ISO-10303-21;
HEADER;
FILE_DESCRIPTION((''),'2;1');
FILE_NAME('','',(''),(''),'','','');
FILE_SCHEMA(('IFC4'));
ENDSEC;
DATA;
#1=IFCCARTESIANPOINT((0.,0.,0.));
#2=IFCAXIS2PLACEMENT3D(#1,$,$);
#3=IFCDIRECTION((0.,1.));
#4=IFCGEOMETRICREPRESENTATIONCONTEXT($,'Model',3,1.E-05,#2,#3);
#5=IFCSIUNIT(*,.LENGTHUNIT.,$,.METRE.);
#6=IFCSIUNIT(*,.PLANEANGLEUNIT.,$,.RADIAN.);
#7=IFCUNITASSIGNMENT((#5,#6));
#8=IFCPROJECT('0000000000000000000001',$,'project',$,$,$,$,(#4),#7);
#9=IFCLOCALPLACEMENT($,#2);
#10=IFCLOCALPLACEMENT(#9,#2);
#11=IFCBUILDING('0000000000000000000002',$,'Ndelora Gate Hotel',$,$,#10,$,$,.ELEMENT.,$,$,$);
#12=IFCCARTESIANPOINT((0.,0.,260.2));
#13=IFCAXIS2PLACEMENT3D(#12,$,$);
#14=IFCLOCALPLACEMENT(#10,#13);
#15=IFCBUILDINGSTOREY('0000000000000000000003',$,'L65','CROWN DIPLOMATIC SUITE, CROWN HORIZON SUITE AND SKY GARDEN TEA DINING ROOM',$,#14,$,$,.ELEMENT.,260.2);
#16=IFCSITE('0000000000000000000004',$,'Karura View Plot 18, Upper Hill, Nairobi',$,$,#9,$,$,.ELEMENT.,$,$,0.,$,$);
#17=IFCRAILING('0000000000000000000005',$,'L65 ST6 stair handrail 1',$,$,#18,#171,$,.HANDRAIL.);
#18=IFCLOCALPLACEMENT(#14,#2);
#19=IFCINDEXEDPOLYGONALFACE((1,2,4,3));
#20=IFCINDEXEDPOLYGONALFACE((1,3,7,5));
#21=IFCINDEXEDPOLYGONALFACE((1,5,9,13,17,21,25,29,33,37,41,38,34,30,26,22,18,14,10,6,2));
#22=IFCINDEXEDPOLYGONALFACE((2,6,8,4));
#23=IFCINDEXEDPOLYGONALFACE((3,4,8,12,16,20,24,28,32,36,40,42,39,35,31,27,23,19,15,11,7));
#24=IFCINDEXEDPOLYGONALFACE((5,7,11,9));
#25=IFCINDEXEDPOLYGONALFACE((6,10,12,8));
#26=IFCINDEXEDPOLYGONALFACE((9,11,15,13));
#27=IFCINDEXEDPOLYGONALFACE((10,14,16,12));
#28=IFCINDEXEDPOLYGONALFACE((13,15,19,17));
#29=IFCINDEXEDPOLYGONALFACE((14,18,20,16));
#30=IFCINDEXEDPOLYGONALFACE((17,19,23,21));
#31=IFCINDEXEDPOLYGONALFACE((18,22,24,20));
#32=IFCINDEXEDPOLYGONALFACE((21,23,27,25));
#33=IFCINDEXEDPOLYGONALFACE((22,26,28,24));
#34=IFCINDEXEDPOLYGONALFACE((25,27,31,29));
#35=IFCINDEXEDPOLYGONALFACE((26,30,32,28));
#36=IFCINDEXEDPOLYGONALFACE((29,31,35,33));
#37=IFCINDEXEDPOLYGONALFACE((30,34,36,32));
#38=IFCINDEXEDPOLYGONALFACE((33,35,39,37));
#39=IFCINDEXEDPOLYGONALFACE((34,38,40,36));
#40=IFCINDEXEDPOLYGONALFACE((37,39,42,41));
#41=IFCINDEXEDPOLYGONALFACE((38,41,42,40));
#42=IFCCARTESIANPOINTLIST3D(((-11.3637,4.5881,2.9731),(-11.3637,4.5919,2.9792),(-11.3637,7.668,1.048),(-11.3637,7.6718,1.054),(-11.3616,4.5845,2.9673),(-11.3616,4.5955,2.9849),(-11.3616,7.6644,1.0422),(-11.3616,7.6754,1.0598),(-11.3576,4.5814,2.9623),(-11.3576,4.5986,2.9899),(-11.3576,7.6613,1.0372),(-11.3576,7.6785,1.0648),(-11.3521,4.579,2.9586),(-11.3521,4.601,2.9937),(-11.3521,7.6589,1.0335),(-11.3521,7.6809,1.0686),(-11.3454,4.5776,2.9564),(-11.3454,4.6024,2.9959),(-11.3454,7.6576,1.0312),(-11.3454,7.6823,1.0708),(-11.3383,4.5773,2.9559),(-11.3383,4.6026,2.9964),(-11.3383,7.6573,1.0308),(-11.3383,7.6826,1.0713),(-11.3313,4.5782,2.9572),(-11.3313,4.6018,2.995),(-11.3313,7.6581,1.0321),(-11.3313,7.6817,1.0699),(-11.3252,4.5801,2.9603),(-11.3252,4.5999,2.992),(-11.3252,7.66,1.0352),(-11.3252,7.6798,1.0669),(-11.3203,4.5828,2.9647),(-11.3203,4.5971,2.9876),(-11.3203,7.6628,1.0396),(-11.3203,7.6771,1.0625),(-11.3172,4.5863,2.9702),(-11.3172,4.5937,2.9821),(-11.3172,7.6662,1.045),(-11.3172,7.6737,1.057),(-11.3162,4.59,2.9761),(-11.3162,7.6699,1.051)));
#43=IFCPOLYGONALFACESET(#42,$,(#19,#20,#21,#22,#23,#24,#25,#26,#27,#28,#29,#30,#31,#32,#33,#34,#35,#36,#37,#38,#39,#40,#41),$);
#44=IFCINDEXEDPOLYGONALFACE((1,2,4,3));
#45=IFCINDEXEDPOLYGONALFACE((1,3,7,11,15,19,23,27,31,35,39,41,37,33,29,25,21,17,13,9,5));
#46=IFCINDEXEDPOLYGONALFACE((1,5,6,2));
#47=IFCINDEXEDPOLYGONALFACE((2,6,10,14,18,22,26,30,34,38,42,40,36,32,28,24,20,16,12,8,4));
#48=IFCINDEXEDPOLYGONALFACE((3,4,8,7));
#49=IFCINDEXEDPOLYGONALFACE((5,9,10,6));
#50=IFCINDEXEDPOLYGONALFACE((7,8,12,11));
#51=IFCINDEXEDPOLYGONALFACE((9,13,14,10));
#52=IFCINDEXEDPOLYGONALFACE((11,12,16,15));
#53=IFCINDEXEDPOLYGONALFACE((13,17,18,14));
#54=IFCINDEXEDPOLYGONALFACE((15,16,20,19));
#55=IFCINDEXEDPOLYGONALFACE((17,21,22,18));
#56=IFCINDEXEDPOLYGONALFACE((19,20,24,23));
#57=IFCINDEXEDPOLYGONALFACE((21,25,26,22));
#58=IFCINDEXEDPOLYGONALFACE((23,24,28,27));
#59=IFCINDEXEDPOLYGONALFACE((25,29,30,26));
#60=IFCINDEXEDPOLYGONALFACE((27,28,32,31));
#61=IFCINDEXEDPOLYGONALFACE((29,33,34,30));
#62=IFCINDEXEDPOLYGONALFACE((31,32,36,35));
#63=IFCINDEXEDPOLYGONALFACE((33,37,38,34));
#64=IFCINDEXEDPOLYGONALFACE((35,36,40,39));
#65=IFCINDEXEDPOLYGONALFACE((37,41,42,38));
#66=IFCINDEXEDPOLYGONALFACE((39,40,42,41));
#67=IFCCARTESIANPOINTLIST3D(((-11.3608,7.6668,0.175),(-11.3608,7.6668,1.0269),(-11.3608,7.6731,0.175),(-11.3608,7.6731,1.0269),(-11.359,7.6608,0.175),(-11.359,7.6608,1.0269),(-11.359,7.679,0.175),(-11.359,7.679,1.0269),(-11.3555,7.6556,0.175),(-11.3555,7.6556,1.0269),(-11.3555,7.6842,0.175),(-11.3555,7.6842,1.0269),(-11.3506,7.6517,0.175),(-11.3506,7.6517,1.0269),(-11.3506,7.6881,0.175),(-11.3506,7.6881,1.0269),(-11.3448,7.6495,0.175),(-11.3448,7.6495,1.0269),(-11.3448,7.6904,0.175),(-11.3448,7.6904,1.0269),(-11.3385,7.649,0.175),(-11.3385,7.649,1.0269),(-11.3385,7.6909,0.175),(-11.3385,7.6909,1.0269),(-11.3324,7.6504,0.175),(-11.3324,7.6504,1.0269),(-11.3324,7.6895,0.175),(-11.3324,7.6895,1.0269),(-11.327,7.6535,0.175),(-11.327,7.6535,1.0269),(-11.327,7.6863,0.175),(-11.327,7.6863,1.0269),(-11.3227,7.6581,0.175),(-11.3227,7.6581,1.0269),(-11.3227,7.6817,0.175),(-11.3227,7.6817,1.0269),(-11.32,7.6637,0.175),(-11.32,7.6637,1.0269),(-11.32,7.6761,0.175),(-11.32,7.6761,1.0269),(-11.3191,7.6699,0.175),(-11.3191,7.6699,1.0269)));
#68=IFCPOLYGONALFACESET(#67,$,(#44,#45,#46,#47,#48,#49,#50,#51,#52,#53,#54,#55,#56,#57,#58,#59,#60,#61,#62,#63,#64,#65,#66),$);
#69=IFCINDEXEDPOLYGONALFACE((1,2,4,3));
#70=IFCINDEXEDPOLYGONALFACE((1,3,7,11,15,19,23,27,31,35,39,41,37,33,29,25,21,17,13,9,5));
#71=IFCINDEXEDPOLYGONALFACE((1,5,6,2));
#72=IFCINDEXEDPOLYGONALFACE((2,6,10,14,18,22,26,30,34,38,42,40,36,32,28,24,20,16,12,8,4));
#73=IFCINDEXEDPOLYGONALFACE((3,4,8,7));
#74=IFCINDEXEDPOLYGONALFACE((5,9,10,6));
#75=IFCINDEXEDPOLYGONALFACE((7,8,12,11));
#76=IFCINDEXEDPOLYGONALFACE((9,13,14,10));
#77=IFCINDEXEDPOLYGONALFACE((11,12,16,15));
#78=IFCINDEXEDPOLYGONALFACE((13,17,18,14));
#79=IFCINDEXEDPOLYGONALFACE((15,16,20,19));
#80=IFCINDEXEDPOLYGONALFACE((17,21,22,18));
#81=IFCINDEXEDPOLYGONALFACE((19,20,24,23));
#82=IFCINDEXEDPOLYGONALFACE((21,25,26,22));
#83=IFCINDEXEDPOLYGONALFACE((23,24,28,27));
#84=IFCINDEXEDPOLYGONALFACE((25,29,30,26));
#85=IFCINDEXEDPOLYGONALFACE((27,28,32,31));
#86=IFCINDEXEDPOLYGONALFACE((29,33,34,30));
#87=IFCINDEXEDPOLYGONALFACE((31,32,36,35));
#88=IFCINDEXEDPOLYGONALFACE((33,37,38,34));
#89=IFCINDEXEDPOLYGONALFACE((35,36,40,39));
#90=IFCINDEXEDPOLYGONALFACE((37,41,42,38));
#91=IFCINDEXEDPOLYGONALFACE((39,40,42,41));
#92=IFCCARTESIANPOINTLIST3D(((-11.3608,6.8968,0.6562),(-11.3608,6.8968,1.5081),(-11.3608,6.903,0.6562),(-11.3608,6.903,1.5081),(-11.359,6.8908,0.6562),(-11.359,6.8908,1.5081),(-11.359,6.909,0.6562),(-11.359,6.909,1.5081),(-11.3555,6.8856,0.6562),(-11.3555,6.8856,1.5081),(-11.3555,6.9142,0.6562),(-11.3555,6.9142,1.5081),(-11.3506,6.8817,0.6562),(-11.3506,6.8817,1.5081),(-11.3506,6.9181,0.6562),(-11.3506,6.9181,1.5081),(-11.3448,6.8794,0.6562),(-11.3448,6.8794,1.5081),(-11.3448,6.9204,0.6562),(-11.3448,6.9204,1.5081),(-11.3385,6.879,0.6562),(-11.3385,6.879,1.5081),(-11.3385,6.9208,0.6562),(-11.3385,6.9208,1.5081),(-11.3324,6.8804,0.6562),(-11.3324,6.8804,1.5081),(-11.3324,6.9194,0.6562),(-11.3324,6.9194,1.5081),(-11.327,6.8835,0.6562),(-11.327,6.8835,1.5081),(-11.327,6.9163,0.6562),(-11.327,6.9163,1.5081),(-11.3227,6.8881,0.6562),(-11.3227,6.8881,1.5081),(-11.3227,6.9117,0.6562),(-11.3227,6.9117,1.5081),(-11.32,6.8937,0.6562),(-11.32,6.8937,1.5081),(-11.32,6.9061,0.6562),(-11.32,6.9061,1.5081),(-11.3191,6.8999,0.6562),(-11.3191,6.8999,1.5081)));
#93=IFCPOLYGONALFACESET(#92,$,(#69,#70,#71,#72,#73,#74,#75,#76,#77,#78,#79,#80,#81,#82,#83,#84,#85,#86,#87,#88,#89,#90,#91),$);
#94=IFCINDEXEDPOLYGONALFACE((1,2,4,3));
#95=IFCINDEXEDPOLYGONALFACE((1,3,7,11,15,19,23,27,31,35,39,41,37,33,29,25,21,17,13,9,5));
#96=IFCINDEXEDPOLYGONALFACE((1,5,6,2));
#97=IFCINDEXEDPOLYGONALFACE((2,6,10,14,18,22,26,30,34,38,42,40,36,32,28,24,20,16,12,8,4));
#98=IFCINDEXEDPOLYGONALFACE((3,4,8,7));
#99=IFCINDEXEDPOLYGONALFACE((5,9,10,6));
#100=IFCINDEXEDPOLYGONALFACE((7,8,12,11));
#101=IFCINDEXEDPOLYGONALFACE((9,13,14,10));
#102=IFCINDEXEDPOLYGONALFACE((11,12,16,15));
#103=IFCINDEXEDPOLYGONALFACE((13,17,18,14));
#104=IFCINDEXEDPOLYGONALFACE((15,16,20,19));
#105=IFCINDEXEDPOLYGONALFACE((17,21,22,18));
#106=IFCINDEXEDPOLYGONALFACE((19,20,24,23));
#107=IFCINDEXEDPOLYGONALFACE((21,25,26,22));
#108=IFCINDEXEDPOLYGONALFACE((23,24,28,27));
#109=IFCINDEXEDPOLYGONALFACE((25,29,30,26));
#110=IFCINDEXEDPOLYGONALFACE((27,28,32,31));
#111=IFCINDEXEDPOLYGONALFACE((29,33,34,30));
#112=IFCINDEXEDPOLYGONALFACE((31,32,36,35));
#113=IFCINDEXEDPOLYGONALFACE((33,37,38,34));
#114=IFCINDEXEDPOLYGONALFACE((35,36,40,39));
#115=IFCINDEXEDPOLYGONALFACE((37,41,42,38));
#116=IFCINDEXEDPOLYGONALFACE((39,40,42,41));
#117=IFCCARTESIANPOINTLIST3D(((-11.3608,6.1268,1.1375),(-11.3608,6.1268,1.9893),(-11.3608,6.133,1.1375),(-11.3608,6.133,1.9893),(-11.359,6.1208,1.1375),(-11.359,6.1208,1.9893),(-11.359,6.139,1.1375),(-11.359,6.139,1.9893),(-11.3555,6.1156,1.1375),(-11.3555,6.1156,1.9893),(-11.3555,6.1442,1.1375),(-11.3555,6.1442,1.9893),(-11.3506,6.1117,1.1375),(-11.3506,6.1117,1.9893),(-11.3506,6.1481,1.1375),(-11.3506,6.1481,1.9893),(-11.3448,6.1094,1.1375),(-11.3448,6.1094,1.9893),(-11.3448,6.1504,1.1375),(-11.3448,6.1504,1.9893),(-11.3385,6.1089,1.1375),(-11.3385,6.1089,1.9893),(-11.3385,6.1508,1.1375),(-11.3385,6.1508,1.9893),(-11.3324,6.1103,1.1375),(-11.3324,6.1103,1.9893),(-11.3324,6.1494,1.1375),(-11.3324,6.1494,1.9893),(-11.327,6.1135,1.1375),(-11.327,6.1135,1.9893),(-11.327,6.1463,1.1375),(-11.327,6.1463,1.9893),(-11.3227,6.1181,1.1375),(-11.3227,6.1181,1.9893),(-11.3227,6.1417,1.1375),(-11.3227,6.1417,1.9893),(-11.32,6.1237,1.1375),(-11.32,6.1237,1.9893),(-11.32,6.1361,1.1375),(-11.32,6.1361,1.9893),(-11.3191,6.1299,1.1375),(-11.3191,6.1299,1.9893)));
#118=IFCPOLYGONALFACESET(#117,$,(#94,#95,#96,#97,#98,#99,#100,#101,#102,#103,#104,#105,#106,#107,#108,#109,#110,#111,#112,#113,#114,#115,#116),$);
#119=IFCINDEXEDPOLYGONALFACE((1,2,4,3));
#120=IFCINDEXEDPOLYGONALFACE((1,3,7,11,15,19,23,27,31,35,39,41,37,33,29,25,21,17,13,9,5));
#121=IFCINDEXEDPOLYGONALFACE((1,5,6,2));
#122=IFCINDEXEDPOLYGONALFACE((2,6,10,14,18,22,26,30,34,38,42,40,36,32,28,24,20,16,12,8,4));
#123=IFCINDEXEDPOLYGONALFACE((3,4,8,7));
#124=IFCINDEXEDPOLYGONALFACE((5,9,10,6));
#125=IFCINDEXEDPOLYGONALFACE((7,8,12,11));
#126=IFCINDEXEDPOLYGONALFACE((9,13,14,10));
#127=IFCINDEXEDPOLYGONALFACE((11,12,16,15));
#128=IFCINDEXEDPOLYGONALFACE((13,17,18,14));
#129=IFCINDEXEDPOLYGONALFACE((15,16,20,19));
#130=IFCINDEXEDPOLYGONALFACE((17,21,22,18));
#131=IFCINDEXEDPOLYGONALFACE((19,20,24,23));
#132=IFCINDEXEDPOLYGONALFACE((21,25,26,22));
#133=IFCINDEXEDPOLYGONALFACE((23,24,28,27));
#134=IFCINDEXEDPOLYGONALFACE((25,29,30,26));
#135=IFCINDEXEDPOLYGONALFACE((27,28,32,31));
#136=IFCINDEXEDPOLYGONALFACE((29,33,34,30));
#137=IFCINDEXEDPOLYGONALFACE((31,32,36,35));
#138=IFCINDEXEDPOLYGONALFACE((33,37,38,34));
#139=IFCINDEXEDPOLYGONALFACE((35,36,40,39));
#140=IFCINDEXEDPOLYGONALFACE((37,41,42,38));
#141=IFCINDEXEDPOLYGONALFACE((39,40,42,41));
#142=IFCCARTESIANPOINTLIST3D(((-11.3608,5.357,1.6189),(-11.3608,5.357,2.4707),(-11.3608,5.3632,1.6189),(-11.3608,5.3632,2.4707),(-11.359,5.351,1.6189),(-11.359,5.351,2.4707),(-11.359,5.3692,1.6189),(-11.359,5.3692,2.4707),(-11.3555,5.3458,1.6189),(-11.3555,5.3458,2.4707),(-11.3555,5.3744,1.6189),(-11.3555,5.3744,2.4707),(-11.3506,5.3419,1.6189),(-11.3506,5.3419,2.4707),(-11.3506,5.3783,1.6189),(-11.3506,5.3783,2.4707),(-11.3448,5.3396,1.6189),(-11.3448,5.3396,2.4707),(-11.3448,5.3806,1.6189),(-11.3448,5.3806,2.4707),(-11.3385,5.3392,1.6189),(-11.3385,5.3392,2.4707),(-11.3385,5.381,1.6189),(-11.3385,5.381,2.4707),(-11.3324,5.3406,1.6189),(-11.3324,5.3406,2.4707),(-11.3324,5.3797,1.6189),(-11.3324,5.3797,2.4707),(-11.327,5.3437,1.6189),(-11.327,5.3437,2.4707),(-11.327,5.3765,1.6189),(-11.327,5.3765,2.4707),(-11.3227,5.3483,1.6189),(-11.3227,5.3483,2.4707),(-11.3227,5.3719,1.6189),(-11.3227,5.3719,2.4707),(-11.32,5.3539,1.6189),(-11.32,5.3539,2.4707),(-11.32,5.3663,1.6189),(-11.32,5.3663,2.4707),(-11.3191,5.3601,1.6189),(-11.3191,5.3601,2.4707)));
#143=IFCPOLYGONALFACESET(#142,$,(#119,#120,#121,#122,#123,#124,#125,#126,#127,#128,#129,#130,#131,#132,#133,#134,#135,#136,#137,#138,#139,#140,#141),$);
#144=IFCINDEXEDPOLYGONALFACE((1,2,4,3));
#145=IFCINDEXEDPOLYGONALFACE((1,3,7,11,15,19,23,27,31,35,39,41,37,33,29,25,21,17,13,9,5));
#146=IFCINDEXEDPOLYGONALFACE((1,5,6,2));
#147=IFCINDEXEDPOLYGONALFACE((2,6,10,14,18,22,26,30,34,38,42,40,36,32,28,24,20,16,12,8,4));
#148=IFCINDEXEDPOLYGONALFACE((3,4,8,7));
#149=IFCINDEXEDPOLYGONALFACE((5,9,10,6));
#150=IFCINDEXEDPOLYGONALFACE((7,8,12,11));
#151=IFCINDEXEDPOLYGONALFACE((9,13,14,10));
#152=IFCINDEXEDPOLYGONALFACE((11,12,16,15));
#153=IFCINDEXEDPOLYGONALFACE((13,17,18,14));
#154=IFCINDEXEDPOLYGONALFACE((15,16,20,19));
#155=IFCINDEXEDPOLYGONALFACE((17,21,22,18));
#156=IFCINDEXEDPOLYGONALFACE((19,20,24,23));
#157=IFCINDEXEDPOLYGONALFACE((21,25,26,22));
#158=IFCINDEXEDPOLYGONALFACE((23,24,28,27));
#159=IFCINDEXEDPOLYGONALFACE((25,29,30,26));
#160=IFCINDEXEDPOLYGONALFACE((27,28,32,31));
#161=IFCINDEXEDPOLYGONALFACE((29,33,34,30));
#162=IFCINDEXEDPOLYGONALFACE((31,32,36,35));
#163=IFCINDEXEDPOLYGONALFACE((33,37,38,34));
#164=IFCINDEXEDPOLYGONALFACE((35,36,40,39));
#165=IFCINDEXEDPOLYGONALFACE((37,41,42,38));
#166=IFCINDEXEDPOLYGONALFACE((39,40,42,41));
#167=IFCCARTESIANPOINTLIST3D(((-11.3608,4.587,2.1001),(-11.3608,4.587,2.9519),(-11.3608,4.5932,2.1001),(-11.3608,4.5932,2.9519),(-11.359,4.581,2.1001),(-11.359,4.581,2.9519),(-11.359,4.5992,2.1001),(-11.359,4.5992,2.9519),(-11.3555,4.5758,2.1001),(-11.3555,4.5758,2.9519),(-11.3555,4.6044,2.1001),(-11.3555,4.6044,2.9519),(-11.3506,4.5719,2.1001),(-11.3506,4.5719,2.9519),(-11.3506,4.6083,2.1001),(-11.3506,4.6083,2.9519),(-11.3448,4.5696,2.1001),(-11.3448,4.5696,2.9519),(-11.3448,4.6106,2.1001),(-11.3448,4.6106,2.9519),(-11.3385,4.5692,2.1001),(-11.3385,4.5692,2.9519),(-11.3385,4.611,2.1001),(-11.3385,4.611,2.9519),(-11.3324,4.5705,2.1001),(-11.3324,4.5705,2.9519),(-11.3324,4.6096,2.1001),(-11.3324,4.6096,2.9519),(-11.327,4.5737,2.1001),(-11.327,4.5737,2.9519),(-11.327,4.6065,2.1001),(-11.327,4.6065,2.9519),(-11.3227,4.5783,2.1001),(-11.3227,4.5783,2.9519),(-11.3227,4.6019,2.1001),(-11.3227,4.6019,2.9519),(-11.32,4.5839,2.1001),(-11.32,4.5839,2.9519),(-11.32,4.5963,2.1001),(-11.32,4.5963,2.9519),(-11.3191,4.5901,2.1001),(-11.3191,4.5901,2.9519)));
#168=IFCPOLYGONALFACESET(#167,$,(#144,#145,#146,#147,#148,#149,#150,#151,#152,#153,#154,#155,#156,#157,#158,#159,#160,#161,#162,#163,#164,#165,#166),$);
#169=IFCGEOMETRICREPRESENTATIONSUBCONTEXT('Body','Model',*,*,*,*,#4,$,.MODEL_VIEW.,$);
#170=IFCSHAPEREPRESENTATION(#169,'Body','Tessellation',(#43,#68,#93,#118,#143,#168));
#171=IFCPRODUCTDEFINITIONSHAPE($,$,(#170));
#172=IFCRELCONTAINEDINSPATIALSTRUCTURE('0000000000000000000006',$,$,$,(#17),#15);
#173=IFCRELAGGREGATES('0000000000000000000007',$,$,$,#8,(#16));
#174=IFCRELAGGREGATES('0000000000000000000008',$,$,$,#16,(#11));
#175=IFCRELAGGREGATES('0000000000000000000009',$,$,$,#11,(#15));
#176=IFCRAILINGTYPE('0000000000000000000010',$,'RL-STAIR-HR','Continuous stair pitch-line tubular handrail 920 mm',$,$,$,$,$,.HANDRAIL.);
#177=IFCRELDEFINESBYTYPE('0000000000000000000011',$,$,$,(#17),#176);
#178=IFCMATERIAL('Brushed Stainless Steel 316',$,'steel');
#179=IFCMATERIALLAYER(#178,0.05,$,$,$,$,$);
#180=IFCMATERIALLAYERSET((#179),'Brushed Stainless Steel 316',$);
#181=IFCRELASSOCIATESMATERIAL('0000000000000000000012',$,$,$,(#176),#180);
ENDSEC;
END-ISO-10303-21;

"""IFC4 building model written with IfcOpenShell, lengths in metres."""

from ifc_helpers import new_model, si_unit, direction, frame, origin, origin_2d, place, context, subcontext, project, spatial, circle, extrude, material, layer, layer_set, type_object, element, save


model = new_model("IFC4")

# Units and contexts
model_context = context("Model", 3, precision=1e-05, world=origin(), true_north=direction((0.0, 1.0)))
body_context = subcontext(model_context, "Body", "Model", "MODEL_VIEW")
ifc_project = project(units=[si_unit("LENGTHUNIT", "METRE"), si_unit("PLANEANGLEUNIT", "RADIAN")], contexts=[model_context])

# Site, building, storey
site_placement = place(None, origin())
site = spatial("IfcSite", under=ifc_project, at=site_placement, Name="Karura View Plot 18, Upper Hill, Nairobi", CompositionType="ELEMENT", RefElevation=0.0)
building_placement = place(site_placement, origin())
building = spatial("IfcBuilding", under=site, at=building_placement, Name="Ndelora Gate Hotel", CompositionType="ELEMENT")
storey_placement = place(building_placement, frame((0.0, 0.0, 260.2)))
storey = spatial("IfcBuildingStorey", under=building, at=storey_placement, Name="L65", Description="CROWN DIPLOMATIC SUITE, CROWN HORIZON SUITE AND SKY GARDEN TEA DINING ROOM", CompositionType="ELEMENT", Elevation=260.2)

# Railing
ifc_material_1 = material(Name="Brushed Stainless Steel 316", Category="steel")
ifc_layer_1 = layer(ifc_material_1, 0.05)
ifc_layer_set_1 = layer_set([ifc_layer_1], Name="Brushed Stainless Steel 316")
railing_type_1 = type_object("IfcRailingType", Name="RL-STAIR-HR", Description="Continuous stair pitch-line tubular handrail 920 mm", PredefinedType="HANDRAIL", material=ifc_layer_set_1)
railing_1_placement = place(storey_placement, frame((-11.3401, 7.6699, 0.175)))
element("IfcRailing", 1, at=railing_1_placement, inside=storey, type_object=railing_type_1, Name="L65 ST6 stair handrail 1", PredefinedType="HANDRAIL", context=body_context, shape_type="SweptSolid", body=[
    extrude(circle(Radius=0.0239, at=origin_2d()), frame((0.0, 0.0, 0.876), z_axis=(0.0, -0.847979, 0.530029), x_axis=(1.0, 0.0, 0.0)), (0.0, 0.0, 1.0), 3.6321),
    extrude(circle(Radius=0.021, at=origin_2d()), origin(), (0.0, 0.0, 1.0), 0.8518),
    extrude(circle(Radius=0.021, at=origin_2d()), frame((0.0, -0.77, 0.4812)), (0.0, 0.0, 1.0), 0.8518),
    extrude(circle(Radius=0.021, at=origin_2d()), frame((0.0, -1.54, 0.9624)), (0.0, 0.0, 1.0), 0.8518),
    extrude(circle(Radius=0.021, at=origin_2d()), frame((0.0, -2.3098, 1.4438)), (0.0, 0.0, 1.0), 0.8518),
    extrude(circle(Radius=0.021, at=origin_2d()), frame((0.0, -3.0798, 1.925)), (0.0, 0.0, 1.0), 0.8518),
])

save(model, "model.ifc")
